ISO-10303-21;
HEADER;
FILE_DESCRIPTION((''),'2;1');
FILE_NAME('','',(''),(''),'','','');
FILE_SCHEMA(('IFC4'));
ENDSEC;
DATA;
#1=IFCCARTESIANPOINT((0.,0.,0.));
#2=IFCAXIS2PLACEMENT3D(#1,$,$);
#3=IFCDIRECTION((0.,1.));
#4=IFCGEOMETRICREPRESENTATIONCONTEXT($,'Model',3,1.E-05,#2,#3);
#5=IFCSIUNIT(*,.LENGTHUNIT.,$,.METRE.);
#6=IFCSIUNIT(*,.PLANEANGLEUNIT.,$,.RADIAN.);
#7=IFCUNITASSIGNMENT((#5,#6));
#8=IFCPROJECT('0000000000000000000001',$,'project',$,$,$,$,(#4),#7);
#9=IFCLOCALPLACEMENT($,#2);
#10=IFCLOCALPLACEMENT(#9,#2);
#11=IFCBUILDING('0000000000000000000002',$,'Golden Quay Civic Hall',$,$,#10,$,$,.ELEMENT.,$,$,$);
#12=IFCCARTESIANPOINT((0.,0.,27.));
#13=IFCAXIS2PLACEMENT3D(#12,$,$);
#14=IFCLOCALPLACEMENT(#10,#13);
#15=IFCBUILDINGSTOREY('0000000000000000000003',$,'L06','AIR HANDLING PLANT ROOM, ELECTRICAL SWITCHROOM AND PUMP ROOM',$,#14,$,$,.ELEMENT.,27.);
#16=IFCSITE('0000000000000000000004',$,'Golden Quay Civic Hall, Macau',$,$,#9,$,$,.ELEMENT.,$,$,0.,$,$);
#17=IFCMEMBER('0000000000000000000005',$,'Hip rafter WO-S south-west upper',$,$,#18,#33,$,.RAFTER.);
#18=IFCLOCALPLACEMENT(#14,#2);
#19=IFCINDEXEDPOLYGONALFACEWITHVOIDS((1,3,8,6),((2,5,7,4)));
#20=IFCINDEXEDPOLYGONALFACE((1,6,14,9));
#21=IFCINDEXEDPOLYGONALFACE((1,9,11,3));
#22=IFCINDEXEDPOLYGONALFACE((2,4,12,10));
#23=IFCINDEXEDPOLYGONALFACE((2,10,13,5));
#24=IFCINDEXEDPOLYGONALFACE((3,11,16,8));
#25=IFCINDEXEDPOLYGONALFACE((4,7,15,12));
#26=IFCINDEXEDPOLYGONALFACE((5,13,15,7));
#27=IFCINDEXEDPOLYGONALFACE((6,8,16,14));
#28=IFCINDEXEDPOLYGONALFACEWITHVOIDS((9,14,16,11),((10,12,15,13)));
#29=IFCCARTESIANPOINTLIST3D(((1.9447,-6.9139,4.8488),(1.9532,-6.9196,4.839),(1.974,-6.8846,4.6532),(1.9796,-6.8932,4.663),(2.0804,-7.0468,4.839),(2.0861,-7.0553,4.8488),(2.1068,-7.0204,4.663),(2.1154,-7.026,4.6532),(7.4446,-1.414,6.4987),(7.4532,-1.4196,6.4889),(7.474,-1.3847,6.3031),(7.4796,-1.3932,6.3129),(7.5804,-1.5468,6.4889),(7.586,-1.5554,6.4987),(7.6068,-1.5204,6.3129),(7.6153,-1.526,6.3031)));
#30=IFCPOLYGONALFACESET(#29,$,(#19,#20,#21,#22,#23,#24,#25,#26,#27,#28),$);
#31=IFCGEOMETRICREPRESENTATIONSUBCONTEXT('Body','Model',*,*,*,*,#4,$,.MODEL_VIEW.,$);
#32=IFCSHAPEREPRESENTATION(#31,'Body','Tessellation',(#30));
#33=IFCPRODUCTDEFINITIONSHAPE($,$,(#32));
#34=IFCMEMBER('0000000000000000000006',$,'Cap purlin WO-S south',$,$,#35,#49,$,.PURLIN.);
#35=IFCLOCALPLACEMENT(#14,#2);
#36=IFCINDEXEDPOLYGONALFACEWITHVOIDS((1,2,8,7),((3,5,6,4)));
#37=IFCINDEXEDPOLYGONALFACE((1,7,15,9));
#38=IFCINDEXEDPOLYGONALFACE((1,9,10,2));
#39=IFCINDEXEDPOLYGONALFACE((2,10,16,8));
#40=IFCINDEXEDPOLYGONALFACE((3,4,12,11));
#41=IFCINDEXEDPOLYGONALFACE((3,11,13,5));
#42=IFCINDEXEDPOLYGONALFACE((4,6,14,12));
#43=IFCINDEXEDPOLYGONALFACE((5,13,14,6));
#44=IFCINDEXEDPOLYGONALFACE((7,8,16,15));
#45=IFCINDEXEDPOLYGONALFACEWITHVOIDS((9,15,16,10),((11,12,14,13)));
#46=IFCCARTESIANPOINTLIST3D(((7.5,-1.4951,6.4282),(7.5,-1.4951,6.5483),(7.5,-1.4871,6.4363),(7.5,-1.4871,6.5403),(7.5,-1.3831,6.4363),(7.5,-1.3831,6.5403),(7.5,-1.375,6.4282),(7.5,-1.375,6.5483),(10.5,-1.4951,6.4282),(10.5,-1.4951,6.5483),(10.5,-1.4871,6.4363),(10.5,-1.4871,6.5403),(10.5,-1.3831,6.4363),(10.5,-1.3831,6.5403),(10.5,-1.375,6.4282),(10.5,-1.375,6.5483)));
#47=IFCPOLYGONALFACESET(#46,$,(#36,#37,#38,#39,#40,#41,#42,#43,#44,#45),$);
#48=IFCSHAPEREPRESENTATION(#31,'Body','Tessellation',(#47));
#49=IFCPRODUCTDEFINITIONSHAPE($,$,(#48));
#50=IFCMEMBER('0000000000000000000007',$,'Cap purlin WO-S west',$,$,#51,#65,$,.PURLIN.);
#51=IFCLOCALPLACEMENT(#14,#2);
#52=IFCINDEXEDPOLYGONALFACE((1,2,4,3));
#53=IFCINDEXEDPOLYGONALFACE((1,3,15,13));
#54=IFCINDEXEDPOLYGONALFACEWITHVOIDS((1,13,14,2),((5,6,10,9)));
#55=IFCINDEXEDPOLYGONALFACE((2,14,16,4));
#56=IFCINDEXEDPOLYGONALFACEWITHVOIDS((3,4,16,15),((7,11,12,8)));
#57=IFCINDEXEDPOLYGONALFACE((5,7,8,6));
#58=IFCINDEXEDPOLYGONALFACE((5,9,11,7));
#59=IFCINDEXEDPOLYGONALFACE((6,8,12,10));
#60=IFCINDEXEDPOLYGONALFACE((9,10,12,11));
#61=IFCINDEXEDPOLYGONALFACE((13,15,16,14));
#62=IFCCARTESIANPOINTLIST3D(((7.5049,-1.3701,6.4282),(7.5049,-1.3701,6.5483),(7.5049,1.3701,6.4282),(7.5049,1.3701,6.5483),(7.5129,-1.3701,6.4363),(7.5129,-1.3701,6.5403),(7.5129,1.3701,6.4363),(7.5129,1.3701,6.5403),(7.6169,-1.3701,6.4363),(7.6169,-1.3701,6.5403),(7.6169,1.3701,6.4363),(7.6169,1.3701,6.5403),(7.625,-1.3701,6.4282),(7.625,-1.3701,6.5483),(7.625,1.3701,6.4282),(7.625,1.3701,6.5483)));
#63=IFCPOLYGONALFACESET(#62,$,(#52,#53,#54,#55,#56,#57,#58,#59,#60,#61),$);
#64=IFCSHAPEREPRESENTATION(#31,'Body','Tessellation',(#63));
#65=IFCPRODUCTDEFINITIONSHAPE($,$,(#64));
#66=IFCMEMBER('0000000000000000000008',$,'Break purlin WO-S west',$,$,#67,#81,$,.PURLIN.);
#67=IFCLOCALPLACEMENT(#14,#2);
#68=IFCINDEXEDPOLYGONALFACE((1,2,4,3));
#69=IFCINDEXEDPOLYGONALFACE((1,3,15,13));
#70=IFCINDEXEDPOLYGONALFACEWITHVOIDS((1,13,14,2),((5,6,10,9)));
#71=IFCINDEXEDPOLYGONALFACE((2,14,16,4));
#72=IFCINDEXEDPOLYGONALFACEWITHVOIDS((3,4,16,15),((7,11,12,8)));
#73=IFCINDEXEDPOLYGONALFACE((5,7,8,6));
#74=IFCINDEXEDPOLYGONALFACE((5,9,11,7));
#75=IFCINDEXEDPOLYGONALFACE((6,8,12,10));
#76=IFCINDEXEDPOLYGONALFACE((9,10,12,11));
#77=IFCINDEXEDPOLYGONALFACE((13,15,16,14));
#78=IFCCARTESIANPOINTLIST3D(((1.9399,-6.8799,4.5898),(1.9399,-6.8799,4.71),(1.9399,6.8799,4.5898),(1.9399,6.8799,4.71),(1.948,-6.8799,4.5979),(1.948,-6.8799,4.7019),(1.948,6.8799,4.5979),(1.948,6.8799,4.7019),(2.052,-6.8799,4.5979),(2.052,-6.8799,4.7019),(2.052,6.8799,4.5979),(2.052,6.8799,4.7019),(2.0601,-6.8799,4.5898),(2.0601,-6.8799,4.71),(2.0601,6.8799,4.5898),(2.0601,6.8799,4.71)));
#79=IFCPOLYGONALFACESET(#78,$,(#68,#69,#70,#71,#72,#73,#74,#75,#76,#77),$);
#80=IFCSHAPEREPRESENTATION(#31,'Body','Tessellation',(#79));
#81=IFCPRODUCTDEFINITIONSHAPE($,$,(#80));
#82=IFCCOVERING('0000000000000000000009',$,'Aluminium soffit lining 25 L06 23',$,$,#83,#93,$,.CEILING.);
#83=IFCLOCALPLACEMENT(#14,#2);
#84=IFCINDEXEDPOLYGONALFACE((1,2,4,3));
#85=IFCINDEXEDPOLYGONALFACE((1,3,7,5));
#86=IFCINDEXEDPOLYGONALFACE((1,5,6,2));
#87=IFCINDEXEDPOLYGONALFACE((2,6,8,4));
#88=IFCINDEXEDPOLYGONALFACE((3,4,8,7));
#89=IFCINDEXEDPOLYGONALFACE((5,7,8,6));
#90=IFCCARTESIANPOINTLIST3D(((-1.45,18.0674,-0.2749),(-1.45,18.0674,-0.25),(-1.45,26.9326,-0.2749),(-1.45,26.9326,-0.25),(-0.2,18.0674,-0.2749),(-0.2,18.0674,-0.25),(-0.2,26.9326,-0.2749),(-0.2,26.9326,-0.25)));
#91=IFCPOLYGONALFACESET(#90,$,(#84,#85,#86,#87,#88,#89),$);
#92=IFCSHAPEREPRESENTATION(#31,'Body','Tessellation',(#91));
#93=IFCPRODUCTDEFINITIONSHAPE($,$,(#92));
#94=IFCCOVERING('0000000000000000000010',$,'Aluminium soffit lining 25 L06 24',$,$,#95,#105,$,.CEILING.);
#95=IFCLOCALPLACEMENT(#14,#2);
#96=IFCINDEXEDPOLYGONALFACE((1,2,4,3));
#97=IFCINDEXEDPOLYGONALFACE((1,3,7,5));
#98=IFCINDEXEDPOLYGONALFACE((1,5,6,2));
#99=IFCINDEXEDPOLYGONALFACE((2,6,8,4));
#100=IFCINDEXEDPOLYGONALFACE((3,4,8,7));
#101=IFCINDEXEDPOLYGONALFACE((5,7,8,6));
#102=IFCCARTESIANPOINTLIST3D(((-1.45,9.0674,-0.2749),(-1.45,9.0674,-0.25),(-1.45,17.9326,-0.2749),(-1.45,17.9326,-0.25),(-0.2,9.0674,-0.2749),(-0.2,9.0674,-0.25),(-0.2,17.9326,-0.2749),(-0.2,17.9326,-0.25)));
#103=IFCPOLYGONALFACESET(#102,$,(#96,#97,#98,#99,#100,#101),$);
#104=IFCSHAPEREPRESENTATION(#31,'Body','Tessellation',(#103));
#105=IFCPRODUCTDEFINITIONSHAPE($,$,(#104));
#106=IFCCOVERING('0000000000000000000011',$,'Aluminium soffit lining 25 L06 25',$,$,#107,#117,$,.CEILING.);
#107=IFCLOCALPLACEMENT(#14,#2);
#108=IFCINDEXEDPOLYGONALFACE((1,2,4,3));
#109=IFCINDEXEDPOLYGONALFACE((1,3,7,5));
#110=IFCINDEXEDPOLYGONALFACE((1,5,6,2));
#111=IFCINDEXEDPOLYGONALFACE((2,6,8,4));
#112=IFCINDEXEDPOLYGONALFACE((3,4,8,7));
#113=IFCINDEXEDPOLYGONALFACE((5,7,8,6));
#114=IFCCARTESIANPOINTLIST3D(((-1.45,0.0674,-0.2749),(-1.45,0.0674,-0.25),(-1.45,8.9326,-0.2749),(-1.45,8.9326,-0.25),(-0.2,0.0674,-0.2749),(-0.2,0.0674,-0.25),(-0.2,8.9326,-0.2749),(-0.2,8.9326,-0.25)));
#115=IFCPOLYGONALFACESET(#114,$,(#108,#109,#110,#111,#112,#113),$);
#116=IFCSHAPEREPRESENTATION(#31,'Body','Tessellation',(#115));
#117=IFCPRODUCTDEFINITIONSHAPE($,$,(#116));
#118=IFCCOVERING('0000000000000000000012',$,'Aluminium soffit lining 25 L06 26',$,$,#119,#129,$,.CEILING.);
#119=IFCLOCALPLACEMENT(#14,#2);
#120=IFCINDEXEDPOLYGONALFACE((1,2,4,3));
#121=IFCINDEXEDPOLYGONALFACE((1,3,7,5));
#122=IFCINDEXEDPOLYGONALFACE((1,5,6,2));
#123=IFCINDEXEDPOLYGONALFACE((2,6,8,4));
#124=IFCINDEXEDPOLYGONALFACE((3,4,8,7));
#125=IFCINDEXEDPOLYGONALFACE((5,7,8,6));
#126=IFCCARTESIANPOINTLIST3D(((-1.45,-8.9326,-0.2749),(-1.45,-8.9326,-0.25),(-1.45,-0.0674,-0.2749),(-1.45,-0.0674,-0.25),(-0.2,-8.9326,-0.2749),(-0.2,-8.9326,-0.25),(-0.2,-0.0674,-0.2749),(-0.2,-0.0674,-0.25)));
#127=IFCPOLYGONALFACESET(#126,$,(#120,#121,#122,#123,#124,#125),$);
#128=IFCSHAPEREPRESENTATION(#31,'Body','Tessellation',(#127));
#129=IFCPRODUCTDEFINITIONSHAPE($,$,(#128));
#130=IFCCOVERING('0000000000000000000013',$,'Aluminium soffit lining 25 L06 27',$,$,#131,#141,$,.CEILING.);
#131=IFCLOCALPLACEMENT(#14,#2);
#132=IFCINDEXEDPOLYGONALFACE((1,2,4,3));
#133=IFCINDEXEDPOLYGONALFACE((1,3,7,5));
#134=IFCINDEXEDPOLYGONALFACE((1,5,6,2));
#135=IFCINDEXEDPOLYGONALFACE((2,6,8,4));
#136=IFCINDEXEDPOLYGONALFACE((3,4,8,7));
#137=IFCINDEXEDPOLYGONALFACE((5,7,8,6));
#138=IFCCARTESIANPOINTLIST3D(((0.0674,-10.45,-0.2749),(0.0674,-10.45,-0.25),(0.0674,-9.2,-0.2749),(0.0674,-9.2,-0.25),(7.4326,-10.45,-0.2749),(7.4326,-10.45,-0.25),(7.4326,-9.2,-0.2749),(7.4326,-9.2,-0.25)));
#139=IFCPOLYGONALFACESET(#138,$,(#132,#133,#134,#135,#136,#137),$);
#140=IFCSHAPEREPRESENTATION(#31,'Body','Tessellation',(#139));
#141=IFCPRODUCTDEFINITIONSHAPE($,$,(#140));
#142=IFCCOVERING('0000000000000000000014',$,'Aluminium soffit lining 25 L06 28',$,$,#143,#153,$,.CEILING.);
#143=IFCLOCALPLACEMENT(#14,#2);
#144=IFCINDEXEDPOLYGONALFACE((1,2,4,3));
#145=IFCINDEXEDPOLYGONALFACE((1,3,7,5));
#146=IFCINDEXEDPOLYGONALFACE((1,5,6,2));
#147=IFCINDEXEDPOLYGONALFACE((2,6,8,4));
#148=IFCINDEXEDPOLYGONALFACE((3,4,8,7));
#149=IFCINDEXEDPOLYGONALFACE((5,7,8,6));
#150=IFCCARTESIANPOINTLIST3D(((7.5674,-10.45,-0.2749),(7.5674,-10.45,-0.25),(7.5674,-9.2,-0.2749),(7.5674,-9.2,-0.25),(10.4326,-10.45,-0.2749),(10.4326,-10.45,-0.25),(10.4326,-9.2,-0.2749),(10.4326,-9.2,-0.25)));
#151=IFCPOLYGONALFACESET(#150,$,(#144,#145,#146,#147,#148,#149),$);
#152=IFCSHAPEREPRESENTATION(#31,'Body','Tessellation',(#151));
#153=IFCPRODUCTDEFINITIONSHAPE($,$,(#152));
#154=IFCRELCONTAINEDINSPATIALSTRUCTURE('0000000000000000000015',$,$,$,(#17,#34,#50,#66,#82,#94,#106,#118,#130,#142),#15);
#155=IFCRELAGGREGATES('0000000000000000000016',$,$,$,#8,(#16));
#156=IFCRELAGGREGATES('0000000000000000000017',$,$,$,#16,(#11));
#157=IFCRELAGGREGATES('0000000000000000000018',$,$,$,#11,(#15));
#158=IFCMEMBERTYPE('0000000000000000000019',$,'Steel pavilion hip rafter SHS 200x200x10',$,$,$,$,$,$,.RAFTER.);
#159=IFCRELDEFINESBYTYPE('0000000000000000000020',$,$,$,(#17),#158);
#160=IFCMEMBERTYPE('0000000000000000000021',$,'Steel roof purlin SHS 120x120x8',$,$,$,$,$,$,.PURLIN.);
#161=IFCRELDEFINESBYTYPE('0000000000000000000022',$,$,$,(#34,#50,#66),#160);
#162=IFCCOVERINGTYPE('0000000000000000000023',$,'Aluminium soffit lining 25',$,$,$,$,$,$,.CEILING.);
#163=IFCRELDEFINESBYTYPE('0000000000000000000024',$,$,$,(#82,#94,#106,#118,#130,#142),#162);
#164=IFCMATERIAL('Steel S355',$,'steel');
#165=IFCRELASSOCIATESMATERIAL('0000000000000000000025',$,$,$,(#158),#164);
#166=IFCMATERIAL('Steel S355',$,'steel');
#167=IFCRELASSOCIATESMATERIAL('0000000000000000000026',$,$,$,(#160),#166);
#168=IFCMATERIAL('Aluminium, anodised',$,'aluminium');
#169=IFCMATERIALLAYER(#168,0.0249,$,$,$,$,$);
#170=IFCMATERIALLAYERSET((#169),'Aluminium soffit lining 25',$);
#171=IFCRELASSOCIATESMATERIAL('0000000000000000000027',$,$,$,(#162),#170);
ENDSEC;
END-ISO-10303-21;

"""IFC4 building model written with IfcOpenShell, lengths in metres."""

from ifc_helpers import new_model, si_unit, direction, frame, origin, origin_2d, place, context, subcontext, project, spatial, polyline, hollow_rectangle, outline, extrude, material, layer, layer_set, material_profile, profile_set, type_object, element, save


model = new_model("IFC4")

# Units and contexts
model_context = context("Model", 3, precision=1e-05, world=origin(), true_north=direction((0.0, 1.0)))
body_context = subcontext(model_context, "Body", "Model", "MODEL_VIEW")
ifc_project = project(units=[si_unit("LENGTHUNIT", "METRE"), si_unit("PLANEANGLEUNIT", "RADIAN")], contexts=[model_context])

# Site, building, storey
site_placement = place(None, origin())
site = spatial("IfcSite", under=ifc_project, at=site_placement, Name="Golden Quay Civic Hall, Macau", CompositionType="ELEMENT", RefElevation=0.0)
building_placement = place(site_placement, origin())
building = spatial("IfcBuilding", under=site, at=building_placement, Name="Golden Quay Civic Hall", CompositionType="ELEMENT")
storey_placement = place(building_placement, frame((0.0, 0.0, 27.0)))
storey = spatial("IfcBuildingStorey", under=building, at=storey_placement, Name="L06", Description="AIR HANDLING PLANT ROOM, ELECTRICAL SWITCHROOM AND PUMP ROOM", CompositionType="ELEMENT", Elevation=27.0)

# Members
ifc_material_1 = material(Name="Steel S355", Category="steel")
ifc_material_profile_1 = material_profile(ifc_material_1, hollow_rectangle(XDim=0.2, YDim=0.2, WallThickness=0.01, at=origin_2d()), Name="SHS 200x200x10")
ifc_profile_set_1 = profile_set([ifc_material_profile_1], Name="Steel S355")
member_type_1 = type_object("IfcMemberType", Name="Steel pavilion hip rafter SHS 200x200x10", PredefinedType="RAFTER", material=ifc_profile_set_1)
member_1_placement = place(storey_placement, frame((2.03, -6.97, 4.751), z_axis=(0.691716, 0.691716, 0.207503), x_axis=(-0.707107, 0.707107, 0.0)))
element("IfcMember", 1, at=member_1_placement, inside=storey, type_object=member_type_1, Name="Hip rafter WO-S south-west upper", PredefinedType="RAFTER", context=body_context, shape_type="SweptSolid", body=[
    extrude(hollow_rectangle(XDim=0.2, YDim=0.2, WallThickness=0.01, at=origin_2d()), origin(), (0.0, 0.0, 1.0), 7.9512),
])
ifc_material_2 = material(Name="Steel S355", Category="steel")
ifc_material_profile_2 = material_profile(ifc_material_2, hollow_rectangle(XDim=0.1201, YDim=0.1201, WallThickness=0.0081, at=origin_2d()), Name="SHS 120x120x8")
ifc_profile_set_2 = profile_set([ifc_material_profile_2], Name="Steel S355")
member_type_2 = type_object("IfcMemberType", Name="Steel roof purlin SHS 120x120x8", PredefinedType="PURLIN", material=ifc_profile_set_2)
member_2_placement = place(storey_placement, frame((7.5, -1.4351, 6.4883), z_axis=(1.0, 0.0, 0.0), x_axis=(0.0, 1.0, 0.0)))
element("IfcMember", 2, at=member_2_placement, inside=storey, type_object=member_type_2, Name="Cap purlin WO-S south", PredefinedType="PURLIN", context=body_context, shape_type="SweptSolid", body=[
    extrude(hollow_rectangle(XDim=0.1201, YDim=0.1201, WallThickness=0.0081, at=origin_2d()), origin(), (0.0, 0.0, 1.0), 3.0),
])
member_3_placement = place(storey_placement, frame((7.5649, -1.3701, 6.4883), z_axis=(0.0, 1.0, 0.0), x_axis=(-1.0, 0.0, 0.0)))
element("IfcMember", 3, at=member_3_placement, inside=storey, type_object=member_type_2, Name="Cap purlin WO-S west", PredefinedType="PURLIN", context=body_context, shape_type="SweptSolid", body=[
    extrude(hollow_rectangle(XDim=0.1201, YDim=0.1201, WallThickness=0.0081, at=origin_2d()), origin(), (0.0, 0.0, 1.0), 2.7402),
])
member_4_placement = place(storey_placement, frame((2.0, -6.8799, 4.6499), z_axis=(0.0, 1.0, 0.0), x_axis=(-1.0, 0.0, 0.0)))
element("IfcMember", 4, at=member_4_placement, inside=storey, type_object=member_type_2, Name="Break purlin WO-S west", PredefinedType="PURLIN", context=body_context, shape_type="SweptSolid", body=[
    extrude(hollow_rectangle(XDim=0.1201, YDim=0.1201, WallThickness=0.0081, at=origin_2d()), origin(), (0.0, 0.0, 1.0), 13.7598),
])

# Coverings
ifc_material_3 = material(Name="Aluminium, anodised", Category="aluminium")
ifc_layer = layer(ifc_material_3, 0.0249)
ifc_layer_set = layer_set([ifc_layer], Name="Aluminium soffit lining 25")
covering_type = type_object("IfcCoveringType", Name="Aluminium soffit lining 25", PredefinedType="CEILING", material=ifc_layer_set)
covering_1_placement = place(storey_placement, frame((0.0, 0.0, -0.2749)))
element("IfcCovering", 5, at=covering_1_placement, inside=storey, type_object=covering_type, Name="Aluminium soffit lining 25 L06 23", PredefinedType="CEILING", context=body_context, shape_type="SweptSolid", body=[
    extrude(outline(polyline([(-0.2, 18.0674), (-1.45, 18.0674), (-1.45, 26.9326), (-0.2, 26.9326), (-0.2, 18.0674)])), origin(), (0.0, 0.0, 1.0), 0.0249),
])
covering_2_placement = place(storey_placement, frame((0.0, 0.0, -0.2749)))
element("IfcCovering", 6, at=covering_2_placement, inside=storey, type_object=covering_type, Name="Aluminium soffit lining 25 L06 24", PredefinedType="CEILING", context=body_context, shape_type="SweptSolid", body=[
    extrude(outline(polyline([(-0.2, 9.0674), (-1.45, 9.0674), (-1.45, 17.9326), (-0.2, 17.9326), (-0.2, 9.0674)])), origin(), (0.0, 0.0, 1.0), 0.0249),
])
covering_3_placement = place(storey_placement, frame((0.0, 0.0, -0.2749)))
element("IfcCovering", 7, at=covering_3_placement, inside=storey, type_object=covering_type, Name="Aluminium soffit lining 25 L06 25", PredefinedType="CEILING", context=body_context, shape_type="SweptSolid", body=[
    extrude(outline(polyline([(-0.2, 0.0674), (-1.45, 0.0674), (-1.45, 8.9326), (-0.2, 8.9326), (-0.2, 0.0674)])), origin(), (0.0, 0.0, 1.0), 0.0249),
])
covering_4_placement = place(storey_placement, frame((0.0, 0.0, -0.2749)))
element("IfcCovering", 8, at=covering_4_placement, inside=storey, type_object=covering_type, Name="Aluminium soffit lining 25 L06 26", PredefinedType="CEILING", context=body_context, shape_type="SweptSolid", body=[
    extrude(outline(polyline([(-0.2, -8.9326), (-1.45, -8.9326), (-1.45, -0.0674), (-0.2, -0.0674), (-0.2, -8.9326)])), origin(), (0.0, 0.0, 1.0), 0.0249),
])
covering_5_placement = place(storey_placement, frame((0.0, 0.0, -0.2749)))
element("IfcCovering", 9, at=covering_5_placement, inside=storey, type_object=covering_type, Name="Aluminium soffit lining 25 L06 27", PredefinedType="CEILING", context=body_context, shape_type="SweptSolid", body=[
    extrude(outline(polyline([(7.4326, -9.2), (7.4326, -10.45), (0.0674, -10.45), (0.0674, -9.2), (7.4326, -9.2)])), origin(), (0.0, 0.0, 1.0), 0.0249),
])
covering_6_placement = place(storey_placement, frame((0.0, 0.0, -0.2749)))
element("IfcCovering", 10, at=covering_6_placement, inside=storey, type_object=covering_type, Name="Aluminium soffit lining 25 L06 28", PredefinedType="CEILING", context=body_context, shape_type="SweptSolid", body=[
    extrude(outline(polyline([(10.4326, -9.2), (10.4326, -10.45), (7.5674, -10.45), (7.5674, -9.2), (10.4326, -9.2)])), origin(), (0.0, 0.0, 1.0), 0.0249),
])

save(model, "model.ifc")
